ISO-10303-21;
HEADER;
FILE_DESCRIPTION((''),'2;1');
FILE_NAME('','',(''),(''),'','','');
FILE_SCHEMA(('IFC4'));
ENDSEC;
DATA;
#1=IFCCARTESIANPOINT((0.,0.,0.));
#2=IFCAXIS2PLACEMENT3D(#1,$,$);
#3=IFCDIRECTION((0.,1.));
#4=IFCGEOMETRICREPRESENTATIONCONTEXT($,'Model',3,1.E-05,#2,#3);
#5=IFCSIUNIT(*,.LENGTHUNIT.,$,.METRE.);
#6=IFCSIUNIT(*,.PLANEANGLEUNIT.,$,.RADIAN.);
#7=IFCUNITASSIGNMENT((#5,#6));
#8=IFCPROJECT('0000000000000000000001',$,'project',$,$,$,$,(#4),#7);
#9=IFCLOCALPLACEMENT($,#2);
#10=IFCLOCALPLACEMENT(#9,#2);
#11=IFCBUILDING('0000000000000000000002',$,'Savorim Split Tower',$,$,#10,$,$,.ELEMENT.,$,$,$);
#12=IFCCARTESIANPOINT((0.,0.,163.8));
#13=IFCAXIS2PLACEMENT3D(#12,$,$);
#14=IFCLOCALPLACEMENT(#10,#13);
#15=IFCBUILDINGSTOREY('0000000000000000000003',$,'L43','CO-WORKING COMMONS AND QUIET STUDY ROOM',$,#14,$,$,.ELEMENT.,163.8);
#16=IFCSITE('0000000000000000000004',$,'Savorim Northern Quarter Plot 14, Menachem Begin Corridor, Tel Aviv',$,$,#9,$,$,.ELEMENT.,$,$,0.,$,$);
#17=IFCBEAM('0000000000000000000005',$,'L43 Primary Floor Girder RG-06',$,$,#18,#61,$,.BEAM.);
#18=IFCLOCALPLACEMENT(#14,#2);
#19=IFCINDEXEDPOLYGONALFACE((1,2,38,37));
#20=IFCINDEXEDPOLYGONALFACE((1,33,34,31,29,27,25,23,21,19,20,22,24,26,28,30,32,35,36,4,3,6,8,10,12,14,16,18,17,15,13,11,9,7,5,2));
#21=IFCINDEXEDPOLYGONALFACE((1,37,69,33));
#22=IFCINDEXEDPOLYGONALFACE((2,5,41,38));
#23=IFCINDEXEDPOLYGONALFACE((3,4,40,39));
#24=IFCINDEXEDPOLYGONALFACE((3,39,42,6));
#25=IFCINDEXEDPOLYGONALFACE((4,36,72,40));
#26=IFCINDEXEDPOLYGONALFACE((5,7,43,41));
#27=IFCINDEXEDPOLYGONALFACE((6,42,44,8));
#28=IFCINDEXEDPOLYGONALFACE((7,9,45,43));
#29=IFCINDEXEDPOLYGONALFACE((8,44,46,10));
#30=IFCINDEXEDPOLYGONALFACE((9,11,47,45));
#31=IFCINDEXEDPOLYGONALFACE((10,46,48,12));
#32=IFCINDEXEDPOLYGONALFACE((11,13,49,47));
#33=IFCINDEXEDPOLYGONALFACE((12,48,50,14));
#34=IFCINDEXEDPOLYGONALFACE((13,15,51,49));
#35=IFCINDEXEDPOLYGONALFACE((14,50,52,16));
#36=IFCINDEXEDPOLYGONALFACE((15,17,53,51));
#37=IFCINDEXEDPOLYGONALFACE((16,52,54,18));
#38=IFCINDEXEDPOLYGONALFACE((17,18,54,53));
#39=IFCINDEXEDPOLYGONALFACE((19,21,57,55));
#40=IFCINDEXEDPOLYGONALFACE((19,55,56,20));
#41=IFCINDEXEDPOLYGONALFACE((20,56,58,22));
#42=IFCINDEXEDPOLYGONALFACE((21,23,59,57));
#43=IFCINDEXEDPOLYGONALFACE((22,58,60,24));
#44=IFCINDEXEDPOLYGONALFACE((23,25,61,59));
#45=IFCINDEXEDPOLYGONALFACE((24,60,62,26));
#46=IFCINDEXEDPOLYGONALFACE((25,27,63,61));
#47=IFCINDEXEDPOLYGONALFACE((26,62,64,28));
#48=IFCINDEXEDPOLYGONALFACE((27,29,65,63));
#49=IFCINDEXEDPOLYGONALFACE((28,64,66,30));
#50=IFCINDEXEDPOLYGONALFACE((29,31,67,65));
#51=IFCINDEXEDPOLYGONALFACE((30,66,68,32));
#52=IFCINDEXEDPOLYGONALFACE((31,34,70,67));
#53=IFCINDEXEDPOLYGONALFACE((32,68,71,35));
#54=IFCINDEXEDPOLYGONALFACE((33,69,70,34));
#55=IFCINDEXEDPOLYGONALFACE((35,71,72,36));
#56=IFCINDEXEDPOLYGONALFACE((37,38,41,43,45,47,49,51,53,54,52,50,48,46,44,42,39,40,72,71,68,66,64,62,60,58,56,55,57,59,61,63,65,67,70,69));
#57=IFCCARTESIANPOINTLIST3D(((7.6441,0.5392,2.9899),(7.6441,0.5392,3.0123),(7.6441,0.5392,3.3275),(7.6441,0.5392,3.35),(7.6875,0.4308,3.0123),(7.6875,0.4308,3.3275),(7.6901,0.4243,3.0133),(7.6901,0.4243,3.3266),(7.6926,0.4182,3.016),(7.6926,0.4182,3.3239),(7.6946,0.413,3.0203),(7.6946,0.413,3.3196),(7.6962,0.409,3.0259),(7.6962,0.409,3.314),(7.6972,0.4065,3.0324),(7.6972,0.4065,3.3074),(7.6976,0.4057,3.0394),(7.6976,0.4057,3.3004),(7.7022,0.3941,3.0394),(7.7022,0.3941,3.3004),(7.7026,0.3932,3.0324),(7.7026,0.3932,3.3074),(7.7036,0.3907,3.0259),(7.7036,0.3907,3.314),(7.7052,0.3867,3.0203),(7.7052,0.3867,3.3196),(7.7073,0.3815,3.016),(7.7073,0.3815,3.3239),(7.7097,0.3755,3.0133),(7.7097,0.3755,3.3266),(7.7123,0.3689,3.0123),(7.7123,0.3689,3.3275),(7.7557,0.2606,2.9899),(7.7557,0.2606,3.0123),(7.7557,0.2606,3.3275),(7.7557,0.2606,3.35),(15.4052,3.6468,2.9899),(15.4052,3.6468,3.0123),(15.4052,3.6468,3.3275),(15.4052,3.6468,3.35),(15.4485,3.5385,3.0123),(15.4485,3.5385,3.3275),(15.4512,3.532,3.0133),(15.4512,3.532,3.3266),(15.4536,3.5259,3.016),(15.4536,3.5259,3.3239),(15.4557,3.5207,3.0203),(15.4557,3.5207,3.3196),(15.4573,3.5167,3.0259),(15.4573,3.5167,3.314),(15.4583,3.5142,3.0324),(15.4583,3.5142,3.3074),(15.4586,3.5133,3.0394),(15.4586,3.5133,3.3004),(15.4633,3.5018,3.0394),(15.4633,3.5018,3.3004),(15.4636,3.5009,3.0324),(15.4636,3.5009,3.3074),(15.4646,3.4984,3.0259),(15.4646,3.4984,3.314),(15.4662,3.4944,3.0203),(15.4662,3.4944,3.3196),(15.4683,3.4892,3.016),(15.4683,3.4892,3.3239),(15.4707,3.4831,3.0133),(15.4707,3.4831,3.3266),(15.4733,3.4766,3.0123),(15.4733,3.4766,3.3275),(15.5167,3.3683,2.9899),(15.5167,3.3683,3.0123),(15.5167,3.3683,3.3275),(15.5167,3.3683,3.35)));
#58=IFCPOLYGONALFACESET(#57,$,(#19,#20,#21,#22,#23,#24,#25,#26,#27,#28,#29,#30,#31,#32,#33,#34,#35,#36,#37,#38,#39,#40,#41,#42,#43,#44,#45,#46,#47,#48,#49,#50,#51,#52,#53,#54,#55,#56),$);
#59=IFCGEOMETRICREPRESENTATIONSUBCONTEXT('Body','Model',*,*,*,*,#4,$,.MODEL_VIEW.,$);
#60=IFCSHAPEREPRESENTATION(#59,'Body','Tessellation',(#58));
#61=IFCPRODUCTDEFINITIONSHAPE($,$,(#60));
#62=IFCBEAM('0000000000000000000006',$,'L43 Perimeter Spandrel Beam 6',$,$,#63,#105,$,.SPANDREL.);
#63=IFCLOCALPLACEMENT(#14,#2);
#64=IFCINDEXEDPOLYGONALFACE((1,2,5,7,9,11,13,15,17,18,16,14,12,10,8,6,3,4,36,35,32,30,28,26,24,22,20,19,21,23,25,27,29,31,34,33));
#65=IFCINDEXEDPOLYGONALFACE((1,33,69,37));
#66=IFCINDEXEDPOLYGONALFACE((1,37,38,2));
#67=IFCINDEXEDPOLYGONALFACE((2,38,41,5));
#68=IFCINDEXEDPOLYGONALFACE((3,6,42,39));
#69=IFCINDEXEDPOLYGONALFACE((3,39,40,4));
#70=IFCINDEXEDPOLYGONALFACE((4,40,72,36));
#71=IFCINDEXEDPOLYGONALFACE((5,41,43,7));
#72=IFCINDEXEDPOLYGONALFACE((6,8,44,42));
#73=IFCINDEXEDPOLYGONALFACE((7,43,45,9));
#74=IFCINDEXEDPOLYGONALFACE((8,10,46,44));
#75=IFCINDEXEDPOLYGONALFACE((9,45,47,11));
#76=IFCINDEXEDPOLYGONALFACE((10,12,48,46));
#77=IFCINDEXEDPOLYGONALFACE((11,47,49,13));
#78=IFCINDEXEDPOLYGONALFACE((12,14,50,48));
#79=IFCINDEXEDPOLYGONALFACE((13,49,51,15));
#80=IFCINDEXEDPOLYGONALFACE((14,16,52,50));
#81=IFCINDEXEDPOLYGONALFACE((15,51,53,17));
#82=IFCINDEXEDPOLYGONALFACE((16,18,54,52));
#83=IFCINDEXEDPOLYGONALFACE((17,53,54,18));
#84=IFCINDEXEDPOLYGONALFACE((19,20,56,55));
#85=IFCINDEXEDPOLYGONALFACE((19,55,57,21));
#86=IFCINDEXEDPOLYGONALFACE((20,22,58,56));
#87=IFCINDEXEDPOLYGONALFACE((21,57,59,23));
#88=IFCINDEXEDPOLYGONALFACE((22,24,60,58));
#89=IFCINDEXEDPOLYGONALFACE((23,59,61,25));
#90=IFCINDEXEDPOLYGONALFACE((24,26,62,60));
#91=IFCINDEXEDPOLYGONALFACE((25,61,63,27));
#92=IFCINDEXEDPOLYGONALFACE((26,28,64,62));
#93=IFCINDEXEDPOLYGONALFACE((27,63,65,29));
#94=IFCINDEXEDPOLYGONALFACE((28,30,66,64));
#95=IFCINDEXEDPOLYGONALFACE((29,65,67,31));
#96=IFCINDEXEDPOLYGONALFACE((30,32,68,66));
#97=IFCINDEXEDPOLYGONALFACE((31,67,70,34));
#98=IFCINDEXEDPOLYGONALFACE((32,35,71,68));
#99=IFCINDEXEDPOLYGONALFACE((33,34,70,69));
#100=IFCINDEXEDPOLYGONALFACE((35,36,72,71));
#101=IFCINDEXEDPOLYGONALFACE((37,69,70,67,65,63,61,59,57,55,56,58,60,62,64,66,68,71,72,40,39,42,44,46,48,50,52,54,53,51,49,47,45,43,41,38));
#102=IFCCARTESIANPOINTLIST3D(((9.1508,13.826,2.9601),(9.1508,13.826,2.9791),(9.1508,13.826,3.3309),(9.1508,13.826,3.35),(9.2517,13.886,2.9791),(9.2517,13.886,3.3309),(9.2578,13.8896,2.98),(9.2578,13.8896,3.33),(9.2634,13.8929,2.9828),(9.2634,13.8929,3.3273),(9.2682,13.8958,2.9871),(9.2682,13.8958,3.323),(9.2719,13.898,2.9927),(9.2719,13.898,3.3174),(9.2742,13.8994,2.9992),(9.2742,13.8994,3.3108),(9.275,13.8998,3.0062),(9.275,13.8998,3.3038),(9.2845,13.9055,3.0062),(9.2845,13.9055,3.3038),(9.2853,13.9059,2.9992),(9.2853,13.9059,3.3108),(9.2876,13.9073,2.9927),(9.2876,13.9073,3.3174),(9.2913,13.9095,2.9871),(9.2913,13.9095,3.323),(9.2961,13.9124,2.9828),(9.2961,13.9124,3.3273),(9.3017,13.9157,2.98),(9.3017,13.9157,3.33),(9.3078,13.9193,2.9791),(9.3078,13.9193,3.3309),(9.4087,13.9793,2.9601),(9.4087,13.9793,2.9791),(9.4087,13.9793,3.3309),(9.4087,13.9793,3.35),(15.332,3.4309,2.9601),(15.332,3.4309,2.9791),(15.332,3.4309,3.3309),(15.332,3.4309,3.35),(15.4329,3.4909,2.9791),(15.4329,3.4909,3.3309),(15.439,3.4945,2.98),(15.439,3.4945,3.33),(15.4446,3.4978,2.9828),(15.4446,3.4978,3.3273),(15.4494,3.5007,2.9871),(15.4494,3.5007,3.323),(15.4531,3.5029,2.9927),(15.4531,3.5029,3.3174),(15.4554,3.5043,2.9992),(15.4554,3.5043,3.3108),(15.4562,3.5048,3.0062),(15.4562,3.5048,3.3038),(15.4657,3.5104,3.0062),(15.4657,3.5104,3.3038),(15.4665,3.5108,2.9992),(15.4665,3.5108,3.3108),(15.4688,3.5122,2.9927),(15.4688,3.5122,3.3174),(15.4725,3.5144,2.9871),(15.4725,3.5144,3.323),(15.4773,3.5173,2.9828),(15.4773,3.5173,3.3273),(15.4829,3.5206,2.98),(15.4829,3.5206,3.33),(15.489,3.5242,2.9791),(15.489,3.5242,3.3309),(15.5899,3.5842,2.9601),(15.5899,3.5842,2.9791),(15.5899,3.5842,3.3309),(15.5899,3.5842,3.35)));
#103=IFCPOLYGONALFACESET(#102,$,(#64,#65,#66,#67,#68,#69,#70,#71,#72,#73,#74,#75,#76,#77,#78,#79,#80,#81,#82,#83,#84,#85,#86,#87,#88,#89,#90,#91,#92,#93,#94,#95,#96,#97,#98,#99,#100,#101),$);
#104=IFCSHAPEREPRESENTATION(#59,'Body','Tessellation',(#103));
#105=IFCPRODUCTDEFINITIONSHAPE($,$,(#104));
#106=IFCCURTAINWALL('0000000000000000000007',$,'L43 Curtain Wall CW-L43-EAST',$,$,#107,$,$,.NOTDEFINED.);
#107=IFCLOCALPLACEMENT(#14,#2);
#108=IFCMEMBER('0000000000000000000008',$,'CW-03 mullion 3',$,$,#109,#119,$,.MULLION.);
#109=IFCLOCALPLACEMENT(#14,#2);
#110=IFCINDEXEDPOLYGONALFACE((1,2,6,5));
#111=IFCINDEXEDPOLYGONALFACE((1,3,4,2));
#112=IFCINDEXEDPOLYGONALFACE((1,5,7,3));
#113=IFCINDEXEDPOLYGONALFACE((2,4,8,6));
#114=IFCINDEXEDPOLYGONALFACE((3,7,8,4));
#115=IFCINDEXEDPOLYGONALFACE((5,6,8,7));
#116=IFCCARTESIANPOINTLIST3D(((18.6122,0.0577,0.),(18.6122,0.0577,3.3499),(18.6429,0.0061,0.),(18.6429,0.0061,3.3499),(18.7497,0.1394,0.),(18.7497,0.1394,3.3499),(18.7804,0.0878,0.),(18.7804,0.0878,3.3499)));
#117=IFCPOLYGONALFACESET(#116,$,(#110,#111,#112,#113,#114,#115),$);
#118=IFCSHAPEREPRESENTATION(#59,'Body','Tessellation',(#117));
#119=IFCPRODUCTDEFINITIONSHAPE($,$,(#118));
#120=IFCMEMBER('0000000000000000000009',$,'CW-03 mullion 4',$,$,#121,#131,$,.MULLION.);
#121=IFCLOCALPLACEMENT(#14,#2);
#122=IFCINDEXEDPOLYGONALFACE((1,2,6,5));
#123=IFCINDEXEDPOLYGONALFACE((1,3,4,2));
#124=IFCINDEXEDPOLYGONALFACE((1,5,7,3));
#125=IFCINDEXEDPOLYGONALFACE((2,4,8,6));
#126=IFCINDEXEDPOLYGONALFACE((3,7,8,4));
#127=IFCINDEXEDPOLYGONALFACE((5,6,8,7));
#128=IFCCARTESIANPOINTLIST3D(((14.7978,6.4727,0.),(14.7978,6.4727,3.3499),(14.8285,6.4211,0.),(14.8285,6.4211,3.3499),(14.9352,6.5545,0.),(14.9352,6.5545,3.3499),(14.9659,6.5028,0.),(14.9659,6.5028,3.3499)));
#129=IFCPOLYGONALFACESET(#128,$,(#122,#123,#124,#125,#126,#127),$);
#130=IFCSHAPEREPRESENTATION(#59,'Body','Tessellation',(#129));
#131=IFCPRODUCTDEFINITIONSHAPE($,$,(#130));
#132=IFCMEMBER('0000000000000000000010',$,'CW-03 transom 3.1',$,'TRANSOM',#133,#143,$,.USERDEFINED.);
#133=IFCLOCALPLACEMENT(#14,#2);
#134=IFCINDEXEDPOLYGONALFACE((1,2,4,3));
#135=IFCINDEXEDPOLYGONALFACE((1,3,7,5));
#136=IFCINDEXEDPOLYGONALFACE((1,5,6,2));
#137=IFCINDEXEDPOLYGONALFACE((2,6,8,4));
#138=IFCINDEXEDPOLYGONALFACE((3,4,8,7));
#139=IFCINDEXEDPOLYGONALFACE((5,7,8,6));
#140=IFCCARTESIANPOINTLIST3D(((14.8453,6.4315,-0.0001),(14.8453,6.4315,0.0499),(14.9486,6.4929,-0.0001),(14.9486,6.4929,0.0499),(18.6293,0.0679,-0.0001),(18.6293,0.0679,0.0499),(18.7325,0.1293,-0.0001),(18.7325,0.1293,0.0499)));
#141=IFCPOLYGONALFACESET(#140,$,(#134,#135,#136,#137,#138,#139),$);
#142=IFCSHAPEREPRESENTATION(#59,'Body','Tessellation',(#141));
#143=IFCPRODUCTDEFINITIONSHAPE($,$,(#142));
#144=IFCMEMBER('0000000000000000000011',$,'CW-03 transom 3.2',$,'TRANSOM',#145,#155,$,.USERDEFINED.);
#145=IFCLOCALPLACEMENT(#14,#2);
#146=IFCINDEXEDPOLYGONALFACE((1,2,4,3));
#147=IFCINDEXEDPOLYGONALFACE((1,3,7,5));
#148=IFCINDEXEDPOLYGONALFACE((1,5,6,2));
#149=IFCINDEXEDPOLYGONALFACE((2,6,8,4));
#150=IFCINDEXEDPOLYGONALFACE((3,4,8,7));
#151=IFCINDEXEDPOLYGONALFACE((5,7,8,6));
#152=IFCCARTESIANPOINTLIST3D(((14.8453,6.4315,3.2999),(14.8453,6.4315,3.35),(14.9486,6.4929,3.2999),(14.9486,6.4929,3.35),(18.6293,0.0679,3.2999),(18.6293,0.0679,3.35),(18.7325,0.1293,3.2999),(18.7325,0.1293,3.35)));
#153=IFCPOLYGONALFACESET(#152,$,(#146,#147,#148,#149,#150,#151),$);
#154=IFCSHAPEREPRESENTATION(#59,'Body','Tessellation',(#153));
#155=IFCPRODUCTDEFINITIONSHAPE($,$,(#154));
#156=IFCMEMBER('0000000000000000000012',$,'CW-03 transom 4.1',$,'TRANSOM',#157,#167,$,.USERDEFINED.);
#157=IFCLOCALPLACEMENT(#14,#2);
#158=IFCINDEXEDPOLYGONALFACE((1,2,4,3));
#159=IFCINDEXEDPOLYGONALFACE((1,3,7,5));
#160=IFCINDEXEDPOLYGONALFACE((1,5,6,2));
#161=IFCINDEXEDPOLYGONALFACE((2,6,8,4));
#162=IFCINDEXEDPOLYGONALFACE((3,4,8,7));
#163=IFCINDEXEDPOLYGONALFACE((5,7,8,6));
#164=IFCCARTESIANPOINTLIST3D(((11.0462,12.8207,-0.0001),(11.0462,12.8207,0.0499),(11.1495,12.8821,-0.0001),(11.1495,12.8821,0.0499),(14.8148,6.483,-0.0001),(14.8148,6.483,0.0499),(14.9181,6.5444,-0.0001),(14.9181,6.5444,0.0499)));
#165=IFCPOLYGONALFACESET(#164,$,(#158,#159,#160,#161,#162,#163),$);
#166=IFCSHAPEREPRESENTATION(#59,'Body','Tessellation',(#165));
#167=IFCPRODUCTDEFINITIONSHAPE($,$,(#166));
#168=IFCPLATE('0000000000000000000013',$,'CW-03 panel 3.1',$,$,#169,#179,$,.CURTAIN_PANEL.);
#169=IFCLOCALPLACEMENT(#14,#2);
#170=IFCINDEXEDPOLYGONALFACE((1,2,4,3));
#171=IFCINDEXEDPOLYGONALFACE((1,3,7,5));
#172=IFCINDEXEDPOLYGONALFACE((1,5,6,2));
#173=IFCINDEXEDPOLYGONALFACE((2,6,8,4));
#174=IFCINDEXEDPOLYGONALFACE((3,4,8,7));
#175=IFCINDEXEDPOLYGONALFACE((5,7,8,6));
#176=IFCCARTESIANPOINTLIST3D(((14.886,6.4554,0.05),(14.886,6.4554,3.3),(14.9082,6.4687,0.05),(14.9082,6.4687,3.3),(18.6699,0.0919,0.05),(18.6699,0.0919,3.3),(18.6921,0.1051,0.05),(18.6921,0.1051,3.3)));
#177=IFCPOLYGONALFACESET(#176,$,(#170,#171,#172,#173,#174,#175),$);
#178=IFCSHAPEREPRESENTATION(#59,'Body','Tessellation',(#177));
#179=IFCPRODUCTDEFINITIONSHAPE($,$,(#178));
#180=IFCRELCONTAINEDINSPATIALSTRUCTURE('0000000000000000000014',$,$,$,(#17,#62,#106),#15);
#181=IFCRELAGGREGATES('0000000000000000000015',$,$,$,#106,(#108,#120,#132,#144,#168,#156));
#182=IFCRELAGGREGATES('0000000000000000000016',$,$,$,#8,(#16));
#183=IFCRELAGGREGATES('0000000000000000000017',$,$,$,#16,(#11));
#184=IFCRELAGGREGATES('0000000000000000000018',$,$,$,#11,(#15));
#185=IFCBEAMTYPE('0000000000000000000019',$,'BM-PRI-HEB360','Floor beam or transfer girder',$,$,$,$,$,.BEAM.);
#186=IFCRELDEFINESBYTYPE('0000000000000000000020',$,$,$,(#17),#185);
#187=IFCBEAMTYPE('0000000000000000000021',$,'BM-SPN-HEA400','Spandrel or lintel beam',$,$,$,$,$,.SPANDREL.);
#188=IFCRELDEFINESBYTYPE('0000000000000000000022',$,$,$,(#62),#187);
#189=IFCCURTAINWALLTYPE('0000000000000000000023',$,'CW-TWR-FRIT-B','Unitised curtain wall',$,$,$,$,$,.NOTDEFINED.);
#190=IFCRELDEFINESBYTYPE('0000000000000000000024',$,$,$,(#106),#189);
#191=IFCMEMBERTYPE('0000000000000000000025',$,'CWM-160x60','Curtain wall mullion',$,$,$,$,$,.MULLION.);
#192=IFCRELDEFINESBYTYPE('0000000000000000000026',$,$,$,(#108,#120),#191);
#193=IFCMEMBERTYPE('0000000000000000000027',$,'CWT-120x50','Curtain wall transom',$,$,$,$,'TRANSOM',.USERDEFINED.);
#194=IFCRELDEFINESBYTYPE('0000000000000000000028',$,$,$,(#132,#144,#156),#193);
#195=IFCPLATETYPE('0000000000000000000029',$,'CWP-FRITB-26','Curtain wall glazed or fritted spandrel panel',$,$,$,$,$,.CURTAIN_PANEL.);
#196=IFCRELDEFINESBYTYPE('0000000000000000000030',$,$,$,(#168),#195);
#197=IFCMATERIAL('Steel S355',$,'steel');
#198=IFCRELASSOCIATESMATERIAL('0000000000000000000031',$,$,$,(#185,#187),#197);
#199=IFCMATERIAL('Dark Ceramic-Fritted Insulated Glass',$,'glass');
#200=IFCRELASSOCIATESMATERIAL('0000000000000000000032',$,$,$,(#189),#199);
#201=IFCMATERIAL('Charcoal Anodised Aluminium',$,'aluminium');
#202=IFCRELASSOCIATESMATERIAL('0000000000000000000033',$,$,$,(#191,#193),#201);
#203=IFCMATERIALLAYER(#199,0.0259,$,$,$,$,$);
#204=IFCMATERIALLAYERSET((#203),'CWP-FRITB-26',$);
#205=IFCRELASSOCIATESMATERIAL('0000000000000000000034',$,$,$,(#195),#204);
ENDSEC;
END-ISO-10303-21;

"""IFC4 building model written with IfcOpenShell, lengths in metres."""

from ifc_helpers import new_model, si_unit, direction, frame, origin, origin_2d, place, context, subcontext, project, spatial, rectangle, i_section, extrude, material, layer, layer_set, material_profile, profile_set, type_object, element, aggregate, save


model = new_model("IFC4")

# Units and contexts
model_context = context("Model", 3, precision=1e-05, world=origin(), true_north=direction((0.0, 1.0)))
body_context = subcontext(model_context, "Body", "Model", "MODEL_VIEW")
ifc_project = project(units=[si_unit("LENGTHUNIT", "METRE"), si_unit("PLANEANGLEUNIT", "RADIAN")], contexts=[model_context])

# Site, building, storey
site_placement = place(None, origin())
site = spatial("IfcSite", under=ifc_project, at=site_placement, Name="Savorim Northern Quarter Plot 14, Menachem Begin Corridor, Tel Aviv", CompositionType="ELEMENT", RefElevation=0.0)
building_placement = place(site_placement, origin())
building = spatial("IfcBuilding", under=site, at=building_placement, Name="Savorim Split Tower", CompositionType="ELEMENT")
storey_placement = place(building_placement, frame((0.0, 0.0, 163.8)))
storey = spatial("IfcBuildingStorey", under=building, at=storey_placement, Name="L43", Description="CO-WORKING COMMONS AND QUIET STUDY ROOM", CompositionType="ELEMENT", Elevation=163.8)

# Beams
ifc_material_1 = material(Name="Steel S355", Category="steel")
ifc_material_profile_1 = material_profile(ifc_material_1, i_section(OverallWidth=0.3, OverallDepth=0.3601, WebThickness=0.0125, FlangeThickness=0.0225, FilletRadius=0.0271, at=origin_2d()), Name="HEB 360")
ifc_profile_set_1 = profile_set([ifc_material_profile_1], Name="Steel S355")
beam_type_1 = type_object("IfcBeamType", Name="BM-PRI-HEB360", Description="Floor beam or transfer girder", PredefinedType="BEAM", material=ifc_profile_set_1)
beam_1_placement = place(storey_placement, frame((15.4609, 3.5076, 3.1699), z_axis=(-0.928342, -0.371728, 0.0), x_axis=(0.371728, -0.928342, 0.0)))
element("IfcBeam", 1, at=beam_1_placement, inside=storey, type_object=beam_type_1, Name="L43 Primary Floor Girder RG-06", PredefinedType="BEAM", context=body_context, shape_type="SweptSolid", body=[
    extrude(i_section(OverallWidth=0.3, OverallDepth=0.3601, WebThickness=0.0125, FlangeThickness=0.0225, FilletRadius=0.0271, at=origin_2d()), origin(), (0.0, 0.0, 1.0), 8.3601),
])
ifc_material_profile_2 = material_profile(ifc_material_1, i_section(OverallWidth=0.3, OverallDepth=0.3899, WebThickness=0.011, FlangeThickness=0.019, FilletRadius=0.0271, at=origin_2d()), Name="HEA 400")
ifc_profile_set_2 = profile_set([ifc_material_profile_2], Name="Steel S355")
beam_type_2 = type_object("IfcBeamType", Name="BM-SPN-HEA400", Description="Spandrel or lintel beam", PredefinedType="SPANDREL", material=ifc_profile_set_2)
beam_2_placement = place(storey_placement, frame((15.4609, 3.5076, 3.155), z_axis=(-0.511096, 0.859524, 0.0), x_axis=(-0.859524, -0.511096, 0.0)))
element("IfcBeam", 2, at=beam_2_placement, inside=storey, type_object=beam_type_2, Name="L43 Perimeter Spandrel Beam 6", PredefinedType="SPANDREL", context=body_context, shape_type="SweptSolid", body=[
    extrude(i_section(OverallWidth=0.3, OverallDepth=0.3899, WebThickness=0.011, FlangeThickness=0.019, FilletRadius=0.0271, at=origin_2d()), origin(), (0.0, 0.0, 1.0), 12.094),
])

# Curtain wall, members, plate
ifc_material_2 = material(Name="Dark Ceramic-Fritted Insulated Glass", Category="glass")
curtain_wall_type = type_object("IfcCurtainWallType", Name="CW-TWR-FRIT-B", Description="Unitised curtain wall", PredefinedType="NOTDEFINED", material=ifc_material_2)
curtain_wall_placement = place(storey_placement, origin())
curtain_wall = element("IfcCurtainWall", 3, at=curtain_wall_placement, inside=storey, type_object=curtain_wall_type, Name="L43 Curtain Wall CW-L43-EAST", PredefinedType="NOTDEFINED")
ifc_material_3 = material(Name="Charcoal Anodised Aluminium", Category="aluminium")
ifc_material_profile_3 = material_profile(ifc_material_3, rectangle(XDim=0.1599, YDim=0.0601, at=origin_2d()), Name="ALU-M 160x60")
ifc_profile_set_3 = profile_set([ifc_material_profile_3], Name="Charcoal Anodised Aluminium")
member_type_1 = type_object("IfcMemberType", Name="CWM-160x60", Description="Curtain wall mullion", PredefinedType="MULLION", material=ifc_profile_set_3)
member_1_placement = place(storey_placement, frame((18.6963, 0.0728, 0.0), z_axis=(0.0, 0.0, 1.0), x_axis=(-0.859525, -0.511094, 0.0)))
member_1 = element("IfcMember", 4, at=member_1_placement, type_object=member_type_1, Name="CW-03 mullion 3", PredefinedType="MULLION", context=body_context, shape_type="SweptSolid", body=[
    extrude(rectangle(XDim=0.1599, YDim=0.0601, at=origin_2d()), origin(), (0.0, 0.0, 1.0), 3.3499),
])
member_2_placement = place(storey_placement, frame((14.8818, 6.4878, 0.0), z_axis=(0.0, 0.0, 1.0), x_axis=(-0.859525, -0.511094, 0.0)))
member_2 = element("IfcMember", 5, at=member_2_placement, type_object=member_type_1, Name="CW-03 mullion 4", PredefinedType="MULLION", context=body_context, shape_type="SweptSolid", body=[
    extrude(rectangle(XDim=0.1599, YDim=0.0601, at=origin_2d()), origin(), (0.0, 0.0, 1.0), 3.3499),
])
ifc_material_profile_4 = material_profile(ifc_material_3, rectangle(XDim=0.1201, YDim=0.05, at=origin_2d()), Name="ALU-T 120x50")
ifc_profile_set_4 = profile_set([ifc_material_profile_4], Name="Charcoal Anodised Aluminium")
member_type_2 = type_object("IfcMemberType", Name="CWT-120x50", Description="Curtain wall transom", ElementType="TRANSOM", PredefinedType="USERDEFINED", material=ifc_profile_set_4)
member_3_placement = place(storey_placement, frame((18.6809, 0.0986, 0.0249), z_axis=(-0.511097, 0.859523, 0.0), x_axis=(-0.859523, -0.511097, 0.0)))
member_3 = element("IfcMember", 6, at=member_3_placement, type_object=member_type_2, Name="CW-03 transom 3.1", ObjectType="TRANSOM", PredefinedType="USERDEFINED", context=body_context, shape_type="SweptSolid", body=[
    extrude(rectangle(XDim=0.1201, YDim=0.05, at=origin_2d()), origin(), (0.0, 0.0, 1.0), 7.4036),
])
member_4_placement = place(storey_placement, frame((18.6809, 0.0986, 3.325), z_axis=(-0.511097, 0.859523, 0.0), x_axis=(-0.859523, -0.511097, 0.0)))
member_4 = element("IfcMember", 7, at=member_4_placement, type_object=member_type_2, Name="CW-03 transom 3.2", ObjectType="TRANSOM", PredefinedType="USERDEFINED", context=body_context, shape_type="SweptSolid", body=[
    extrude(rectangle(XDim=0.1201, YDim=0.05, at=origin_2d()), origin(), (0.0, 0.0, 1.0), 7.4036),
])
member_5_placement = place(storey_placement, frame((14.8665, 6.5137, 0.0249), z_axis=(-0.511098, 0.859523, 0.0), x_axis=(-0.859523, -0.511098, 0.0)))
member_5 = element("IfcMember", 8, at=member_5_placement, type_object=member_type_2, Name="CW-03 transom 4.1", ObjectType="TRANSOM", PredefinedType="USERDEFINED", context=body_context, shape_type="SweptSolid", body=[
    extrude(rectangle(XDim=0.1201, YDim=0.05, at=origin_2d()), origin(), (0.0, 0.0, 1.0), 7.3735),
])
ifc_layer_1 = layer(ifc_material_2, 0.0259)
ifc_layer_set_1 = layer_set([ifc_layer_1], Name="CWP-FRITB-26")
plate_type = type_object("IfcPlateType", Name="CWP-FRITB-26", Description="Curtain wall glazed or fritted spandrel panel", PredefinedType="CURTAIN_PANEL", material=ifc_layer_set_1)
plate_placement = place(storey_placement, frame((16.7891, 3.2803, 0.05), z_axis=(0.0, 0.0, 1.0), x_axis=(-0.511094, 0.859525, 0.0)))
plate = element("IfcPlate", 9, at=plate_placement, type_object=plate_type, Name="CW-03 panel 3.1", PredefinedType="CURTAIN_PANEL", context=body_context, shape_type="SweptSolid", body=[
    extrude(rectangle(XDim=7.4036, YDim=0.0259, at=origin_2d()), origin(), (0.0, 0.0, 1.0), 3.25),
])
aggregate(curtain_wall, [member_1, member_2, member_3, member_4, plate, member_5])

save(model, "model.ifc")
